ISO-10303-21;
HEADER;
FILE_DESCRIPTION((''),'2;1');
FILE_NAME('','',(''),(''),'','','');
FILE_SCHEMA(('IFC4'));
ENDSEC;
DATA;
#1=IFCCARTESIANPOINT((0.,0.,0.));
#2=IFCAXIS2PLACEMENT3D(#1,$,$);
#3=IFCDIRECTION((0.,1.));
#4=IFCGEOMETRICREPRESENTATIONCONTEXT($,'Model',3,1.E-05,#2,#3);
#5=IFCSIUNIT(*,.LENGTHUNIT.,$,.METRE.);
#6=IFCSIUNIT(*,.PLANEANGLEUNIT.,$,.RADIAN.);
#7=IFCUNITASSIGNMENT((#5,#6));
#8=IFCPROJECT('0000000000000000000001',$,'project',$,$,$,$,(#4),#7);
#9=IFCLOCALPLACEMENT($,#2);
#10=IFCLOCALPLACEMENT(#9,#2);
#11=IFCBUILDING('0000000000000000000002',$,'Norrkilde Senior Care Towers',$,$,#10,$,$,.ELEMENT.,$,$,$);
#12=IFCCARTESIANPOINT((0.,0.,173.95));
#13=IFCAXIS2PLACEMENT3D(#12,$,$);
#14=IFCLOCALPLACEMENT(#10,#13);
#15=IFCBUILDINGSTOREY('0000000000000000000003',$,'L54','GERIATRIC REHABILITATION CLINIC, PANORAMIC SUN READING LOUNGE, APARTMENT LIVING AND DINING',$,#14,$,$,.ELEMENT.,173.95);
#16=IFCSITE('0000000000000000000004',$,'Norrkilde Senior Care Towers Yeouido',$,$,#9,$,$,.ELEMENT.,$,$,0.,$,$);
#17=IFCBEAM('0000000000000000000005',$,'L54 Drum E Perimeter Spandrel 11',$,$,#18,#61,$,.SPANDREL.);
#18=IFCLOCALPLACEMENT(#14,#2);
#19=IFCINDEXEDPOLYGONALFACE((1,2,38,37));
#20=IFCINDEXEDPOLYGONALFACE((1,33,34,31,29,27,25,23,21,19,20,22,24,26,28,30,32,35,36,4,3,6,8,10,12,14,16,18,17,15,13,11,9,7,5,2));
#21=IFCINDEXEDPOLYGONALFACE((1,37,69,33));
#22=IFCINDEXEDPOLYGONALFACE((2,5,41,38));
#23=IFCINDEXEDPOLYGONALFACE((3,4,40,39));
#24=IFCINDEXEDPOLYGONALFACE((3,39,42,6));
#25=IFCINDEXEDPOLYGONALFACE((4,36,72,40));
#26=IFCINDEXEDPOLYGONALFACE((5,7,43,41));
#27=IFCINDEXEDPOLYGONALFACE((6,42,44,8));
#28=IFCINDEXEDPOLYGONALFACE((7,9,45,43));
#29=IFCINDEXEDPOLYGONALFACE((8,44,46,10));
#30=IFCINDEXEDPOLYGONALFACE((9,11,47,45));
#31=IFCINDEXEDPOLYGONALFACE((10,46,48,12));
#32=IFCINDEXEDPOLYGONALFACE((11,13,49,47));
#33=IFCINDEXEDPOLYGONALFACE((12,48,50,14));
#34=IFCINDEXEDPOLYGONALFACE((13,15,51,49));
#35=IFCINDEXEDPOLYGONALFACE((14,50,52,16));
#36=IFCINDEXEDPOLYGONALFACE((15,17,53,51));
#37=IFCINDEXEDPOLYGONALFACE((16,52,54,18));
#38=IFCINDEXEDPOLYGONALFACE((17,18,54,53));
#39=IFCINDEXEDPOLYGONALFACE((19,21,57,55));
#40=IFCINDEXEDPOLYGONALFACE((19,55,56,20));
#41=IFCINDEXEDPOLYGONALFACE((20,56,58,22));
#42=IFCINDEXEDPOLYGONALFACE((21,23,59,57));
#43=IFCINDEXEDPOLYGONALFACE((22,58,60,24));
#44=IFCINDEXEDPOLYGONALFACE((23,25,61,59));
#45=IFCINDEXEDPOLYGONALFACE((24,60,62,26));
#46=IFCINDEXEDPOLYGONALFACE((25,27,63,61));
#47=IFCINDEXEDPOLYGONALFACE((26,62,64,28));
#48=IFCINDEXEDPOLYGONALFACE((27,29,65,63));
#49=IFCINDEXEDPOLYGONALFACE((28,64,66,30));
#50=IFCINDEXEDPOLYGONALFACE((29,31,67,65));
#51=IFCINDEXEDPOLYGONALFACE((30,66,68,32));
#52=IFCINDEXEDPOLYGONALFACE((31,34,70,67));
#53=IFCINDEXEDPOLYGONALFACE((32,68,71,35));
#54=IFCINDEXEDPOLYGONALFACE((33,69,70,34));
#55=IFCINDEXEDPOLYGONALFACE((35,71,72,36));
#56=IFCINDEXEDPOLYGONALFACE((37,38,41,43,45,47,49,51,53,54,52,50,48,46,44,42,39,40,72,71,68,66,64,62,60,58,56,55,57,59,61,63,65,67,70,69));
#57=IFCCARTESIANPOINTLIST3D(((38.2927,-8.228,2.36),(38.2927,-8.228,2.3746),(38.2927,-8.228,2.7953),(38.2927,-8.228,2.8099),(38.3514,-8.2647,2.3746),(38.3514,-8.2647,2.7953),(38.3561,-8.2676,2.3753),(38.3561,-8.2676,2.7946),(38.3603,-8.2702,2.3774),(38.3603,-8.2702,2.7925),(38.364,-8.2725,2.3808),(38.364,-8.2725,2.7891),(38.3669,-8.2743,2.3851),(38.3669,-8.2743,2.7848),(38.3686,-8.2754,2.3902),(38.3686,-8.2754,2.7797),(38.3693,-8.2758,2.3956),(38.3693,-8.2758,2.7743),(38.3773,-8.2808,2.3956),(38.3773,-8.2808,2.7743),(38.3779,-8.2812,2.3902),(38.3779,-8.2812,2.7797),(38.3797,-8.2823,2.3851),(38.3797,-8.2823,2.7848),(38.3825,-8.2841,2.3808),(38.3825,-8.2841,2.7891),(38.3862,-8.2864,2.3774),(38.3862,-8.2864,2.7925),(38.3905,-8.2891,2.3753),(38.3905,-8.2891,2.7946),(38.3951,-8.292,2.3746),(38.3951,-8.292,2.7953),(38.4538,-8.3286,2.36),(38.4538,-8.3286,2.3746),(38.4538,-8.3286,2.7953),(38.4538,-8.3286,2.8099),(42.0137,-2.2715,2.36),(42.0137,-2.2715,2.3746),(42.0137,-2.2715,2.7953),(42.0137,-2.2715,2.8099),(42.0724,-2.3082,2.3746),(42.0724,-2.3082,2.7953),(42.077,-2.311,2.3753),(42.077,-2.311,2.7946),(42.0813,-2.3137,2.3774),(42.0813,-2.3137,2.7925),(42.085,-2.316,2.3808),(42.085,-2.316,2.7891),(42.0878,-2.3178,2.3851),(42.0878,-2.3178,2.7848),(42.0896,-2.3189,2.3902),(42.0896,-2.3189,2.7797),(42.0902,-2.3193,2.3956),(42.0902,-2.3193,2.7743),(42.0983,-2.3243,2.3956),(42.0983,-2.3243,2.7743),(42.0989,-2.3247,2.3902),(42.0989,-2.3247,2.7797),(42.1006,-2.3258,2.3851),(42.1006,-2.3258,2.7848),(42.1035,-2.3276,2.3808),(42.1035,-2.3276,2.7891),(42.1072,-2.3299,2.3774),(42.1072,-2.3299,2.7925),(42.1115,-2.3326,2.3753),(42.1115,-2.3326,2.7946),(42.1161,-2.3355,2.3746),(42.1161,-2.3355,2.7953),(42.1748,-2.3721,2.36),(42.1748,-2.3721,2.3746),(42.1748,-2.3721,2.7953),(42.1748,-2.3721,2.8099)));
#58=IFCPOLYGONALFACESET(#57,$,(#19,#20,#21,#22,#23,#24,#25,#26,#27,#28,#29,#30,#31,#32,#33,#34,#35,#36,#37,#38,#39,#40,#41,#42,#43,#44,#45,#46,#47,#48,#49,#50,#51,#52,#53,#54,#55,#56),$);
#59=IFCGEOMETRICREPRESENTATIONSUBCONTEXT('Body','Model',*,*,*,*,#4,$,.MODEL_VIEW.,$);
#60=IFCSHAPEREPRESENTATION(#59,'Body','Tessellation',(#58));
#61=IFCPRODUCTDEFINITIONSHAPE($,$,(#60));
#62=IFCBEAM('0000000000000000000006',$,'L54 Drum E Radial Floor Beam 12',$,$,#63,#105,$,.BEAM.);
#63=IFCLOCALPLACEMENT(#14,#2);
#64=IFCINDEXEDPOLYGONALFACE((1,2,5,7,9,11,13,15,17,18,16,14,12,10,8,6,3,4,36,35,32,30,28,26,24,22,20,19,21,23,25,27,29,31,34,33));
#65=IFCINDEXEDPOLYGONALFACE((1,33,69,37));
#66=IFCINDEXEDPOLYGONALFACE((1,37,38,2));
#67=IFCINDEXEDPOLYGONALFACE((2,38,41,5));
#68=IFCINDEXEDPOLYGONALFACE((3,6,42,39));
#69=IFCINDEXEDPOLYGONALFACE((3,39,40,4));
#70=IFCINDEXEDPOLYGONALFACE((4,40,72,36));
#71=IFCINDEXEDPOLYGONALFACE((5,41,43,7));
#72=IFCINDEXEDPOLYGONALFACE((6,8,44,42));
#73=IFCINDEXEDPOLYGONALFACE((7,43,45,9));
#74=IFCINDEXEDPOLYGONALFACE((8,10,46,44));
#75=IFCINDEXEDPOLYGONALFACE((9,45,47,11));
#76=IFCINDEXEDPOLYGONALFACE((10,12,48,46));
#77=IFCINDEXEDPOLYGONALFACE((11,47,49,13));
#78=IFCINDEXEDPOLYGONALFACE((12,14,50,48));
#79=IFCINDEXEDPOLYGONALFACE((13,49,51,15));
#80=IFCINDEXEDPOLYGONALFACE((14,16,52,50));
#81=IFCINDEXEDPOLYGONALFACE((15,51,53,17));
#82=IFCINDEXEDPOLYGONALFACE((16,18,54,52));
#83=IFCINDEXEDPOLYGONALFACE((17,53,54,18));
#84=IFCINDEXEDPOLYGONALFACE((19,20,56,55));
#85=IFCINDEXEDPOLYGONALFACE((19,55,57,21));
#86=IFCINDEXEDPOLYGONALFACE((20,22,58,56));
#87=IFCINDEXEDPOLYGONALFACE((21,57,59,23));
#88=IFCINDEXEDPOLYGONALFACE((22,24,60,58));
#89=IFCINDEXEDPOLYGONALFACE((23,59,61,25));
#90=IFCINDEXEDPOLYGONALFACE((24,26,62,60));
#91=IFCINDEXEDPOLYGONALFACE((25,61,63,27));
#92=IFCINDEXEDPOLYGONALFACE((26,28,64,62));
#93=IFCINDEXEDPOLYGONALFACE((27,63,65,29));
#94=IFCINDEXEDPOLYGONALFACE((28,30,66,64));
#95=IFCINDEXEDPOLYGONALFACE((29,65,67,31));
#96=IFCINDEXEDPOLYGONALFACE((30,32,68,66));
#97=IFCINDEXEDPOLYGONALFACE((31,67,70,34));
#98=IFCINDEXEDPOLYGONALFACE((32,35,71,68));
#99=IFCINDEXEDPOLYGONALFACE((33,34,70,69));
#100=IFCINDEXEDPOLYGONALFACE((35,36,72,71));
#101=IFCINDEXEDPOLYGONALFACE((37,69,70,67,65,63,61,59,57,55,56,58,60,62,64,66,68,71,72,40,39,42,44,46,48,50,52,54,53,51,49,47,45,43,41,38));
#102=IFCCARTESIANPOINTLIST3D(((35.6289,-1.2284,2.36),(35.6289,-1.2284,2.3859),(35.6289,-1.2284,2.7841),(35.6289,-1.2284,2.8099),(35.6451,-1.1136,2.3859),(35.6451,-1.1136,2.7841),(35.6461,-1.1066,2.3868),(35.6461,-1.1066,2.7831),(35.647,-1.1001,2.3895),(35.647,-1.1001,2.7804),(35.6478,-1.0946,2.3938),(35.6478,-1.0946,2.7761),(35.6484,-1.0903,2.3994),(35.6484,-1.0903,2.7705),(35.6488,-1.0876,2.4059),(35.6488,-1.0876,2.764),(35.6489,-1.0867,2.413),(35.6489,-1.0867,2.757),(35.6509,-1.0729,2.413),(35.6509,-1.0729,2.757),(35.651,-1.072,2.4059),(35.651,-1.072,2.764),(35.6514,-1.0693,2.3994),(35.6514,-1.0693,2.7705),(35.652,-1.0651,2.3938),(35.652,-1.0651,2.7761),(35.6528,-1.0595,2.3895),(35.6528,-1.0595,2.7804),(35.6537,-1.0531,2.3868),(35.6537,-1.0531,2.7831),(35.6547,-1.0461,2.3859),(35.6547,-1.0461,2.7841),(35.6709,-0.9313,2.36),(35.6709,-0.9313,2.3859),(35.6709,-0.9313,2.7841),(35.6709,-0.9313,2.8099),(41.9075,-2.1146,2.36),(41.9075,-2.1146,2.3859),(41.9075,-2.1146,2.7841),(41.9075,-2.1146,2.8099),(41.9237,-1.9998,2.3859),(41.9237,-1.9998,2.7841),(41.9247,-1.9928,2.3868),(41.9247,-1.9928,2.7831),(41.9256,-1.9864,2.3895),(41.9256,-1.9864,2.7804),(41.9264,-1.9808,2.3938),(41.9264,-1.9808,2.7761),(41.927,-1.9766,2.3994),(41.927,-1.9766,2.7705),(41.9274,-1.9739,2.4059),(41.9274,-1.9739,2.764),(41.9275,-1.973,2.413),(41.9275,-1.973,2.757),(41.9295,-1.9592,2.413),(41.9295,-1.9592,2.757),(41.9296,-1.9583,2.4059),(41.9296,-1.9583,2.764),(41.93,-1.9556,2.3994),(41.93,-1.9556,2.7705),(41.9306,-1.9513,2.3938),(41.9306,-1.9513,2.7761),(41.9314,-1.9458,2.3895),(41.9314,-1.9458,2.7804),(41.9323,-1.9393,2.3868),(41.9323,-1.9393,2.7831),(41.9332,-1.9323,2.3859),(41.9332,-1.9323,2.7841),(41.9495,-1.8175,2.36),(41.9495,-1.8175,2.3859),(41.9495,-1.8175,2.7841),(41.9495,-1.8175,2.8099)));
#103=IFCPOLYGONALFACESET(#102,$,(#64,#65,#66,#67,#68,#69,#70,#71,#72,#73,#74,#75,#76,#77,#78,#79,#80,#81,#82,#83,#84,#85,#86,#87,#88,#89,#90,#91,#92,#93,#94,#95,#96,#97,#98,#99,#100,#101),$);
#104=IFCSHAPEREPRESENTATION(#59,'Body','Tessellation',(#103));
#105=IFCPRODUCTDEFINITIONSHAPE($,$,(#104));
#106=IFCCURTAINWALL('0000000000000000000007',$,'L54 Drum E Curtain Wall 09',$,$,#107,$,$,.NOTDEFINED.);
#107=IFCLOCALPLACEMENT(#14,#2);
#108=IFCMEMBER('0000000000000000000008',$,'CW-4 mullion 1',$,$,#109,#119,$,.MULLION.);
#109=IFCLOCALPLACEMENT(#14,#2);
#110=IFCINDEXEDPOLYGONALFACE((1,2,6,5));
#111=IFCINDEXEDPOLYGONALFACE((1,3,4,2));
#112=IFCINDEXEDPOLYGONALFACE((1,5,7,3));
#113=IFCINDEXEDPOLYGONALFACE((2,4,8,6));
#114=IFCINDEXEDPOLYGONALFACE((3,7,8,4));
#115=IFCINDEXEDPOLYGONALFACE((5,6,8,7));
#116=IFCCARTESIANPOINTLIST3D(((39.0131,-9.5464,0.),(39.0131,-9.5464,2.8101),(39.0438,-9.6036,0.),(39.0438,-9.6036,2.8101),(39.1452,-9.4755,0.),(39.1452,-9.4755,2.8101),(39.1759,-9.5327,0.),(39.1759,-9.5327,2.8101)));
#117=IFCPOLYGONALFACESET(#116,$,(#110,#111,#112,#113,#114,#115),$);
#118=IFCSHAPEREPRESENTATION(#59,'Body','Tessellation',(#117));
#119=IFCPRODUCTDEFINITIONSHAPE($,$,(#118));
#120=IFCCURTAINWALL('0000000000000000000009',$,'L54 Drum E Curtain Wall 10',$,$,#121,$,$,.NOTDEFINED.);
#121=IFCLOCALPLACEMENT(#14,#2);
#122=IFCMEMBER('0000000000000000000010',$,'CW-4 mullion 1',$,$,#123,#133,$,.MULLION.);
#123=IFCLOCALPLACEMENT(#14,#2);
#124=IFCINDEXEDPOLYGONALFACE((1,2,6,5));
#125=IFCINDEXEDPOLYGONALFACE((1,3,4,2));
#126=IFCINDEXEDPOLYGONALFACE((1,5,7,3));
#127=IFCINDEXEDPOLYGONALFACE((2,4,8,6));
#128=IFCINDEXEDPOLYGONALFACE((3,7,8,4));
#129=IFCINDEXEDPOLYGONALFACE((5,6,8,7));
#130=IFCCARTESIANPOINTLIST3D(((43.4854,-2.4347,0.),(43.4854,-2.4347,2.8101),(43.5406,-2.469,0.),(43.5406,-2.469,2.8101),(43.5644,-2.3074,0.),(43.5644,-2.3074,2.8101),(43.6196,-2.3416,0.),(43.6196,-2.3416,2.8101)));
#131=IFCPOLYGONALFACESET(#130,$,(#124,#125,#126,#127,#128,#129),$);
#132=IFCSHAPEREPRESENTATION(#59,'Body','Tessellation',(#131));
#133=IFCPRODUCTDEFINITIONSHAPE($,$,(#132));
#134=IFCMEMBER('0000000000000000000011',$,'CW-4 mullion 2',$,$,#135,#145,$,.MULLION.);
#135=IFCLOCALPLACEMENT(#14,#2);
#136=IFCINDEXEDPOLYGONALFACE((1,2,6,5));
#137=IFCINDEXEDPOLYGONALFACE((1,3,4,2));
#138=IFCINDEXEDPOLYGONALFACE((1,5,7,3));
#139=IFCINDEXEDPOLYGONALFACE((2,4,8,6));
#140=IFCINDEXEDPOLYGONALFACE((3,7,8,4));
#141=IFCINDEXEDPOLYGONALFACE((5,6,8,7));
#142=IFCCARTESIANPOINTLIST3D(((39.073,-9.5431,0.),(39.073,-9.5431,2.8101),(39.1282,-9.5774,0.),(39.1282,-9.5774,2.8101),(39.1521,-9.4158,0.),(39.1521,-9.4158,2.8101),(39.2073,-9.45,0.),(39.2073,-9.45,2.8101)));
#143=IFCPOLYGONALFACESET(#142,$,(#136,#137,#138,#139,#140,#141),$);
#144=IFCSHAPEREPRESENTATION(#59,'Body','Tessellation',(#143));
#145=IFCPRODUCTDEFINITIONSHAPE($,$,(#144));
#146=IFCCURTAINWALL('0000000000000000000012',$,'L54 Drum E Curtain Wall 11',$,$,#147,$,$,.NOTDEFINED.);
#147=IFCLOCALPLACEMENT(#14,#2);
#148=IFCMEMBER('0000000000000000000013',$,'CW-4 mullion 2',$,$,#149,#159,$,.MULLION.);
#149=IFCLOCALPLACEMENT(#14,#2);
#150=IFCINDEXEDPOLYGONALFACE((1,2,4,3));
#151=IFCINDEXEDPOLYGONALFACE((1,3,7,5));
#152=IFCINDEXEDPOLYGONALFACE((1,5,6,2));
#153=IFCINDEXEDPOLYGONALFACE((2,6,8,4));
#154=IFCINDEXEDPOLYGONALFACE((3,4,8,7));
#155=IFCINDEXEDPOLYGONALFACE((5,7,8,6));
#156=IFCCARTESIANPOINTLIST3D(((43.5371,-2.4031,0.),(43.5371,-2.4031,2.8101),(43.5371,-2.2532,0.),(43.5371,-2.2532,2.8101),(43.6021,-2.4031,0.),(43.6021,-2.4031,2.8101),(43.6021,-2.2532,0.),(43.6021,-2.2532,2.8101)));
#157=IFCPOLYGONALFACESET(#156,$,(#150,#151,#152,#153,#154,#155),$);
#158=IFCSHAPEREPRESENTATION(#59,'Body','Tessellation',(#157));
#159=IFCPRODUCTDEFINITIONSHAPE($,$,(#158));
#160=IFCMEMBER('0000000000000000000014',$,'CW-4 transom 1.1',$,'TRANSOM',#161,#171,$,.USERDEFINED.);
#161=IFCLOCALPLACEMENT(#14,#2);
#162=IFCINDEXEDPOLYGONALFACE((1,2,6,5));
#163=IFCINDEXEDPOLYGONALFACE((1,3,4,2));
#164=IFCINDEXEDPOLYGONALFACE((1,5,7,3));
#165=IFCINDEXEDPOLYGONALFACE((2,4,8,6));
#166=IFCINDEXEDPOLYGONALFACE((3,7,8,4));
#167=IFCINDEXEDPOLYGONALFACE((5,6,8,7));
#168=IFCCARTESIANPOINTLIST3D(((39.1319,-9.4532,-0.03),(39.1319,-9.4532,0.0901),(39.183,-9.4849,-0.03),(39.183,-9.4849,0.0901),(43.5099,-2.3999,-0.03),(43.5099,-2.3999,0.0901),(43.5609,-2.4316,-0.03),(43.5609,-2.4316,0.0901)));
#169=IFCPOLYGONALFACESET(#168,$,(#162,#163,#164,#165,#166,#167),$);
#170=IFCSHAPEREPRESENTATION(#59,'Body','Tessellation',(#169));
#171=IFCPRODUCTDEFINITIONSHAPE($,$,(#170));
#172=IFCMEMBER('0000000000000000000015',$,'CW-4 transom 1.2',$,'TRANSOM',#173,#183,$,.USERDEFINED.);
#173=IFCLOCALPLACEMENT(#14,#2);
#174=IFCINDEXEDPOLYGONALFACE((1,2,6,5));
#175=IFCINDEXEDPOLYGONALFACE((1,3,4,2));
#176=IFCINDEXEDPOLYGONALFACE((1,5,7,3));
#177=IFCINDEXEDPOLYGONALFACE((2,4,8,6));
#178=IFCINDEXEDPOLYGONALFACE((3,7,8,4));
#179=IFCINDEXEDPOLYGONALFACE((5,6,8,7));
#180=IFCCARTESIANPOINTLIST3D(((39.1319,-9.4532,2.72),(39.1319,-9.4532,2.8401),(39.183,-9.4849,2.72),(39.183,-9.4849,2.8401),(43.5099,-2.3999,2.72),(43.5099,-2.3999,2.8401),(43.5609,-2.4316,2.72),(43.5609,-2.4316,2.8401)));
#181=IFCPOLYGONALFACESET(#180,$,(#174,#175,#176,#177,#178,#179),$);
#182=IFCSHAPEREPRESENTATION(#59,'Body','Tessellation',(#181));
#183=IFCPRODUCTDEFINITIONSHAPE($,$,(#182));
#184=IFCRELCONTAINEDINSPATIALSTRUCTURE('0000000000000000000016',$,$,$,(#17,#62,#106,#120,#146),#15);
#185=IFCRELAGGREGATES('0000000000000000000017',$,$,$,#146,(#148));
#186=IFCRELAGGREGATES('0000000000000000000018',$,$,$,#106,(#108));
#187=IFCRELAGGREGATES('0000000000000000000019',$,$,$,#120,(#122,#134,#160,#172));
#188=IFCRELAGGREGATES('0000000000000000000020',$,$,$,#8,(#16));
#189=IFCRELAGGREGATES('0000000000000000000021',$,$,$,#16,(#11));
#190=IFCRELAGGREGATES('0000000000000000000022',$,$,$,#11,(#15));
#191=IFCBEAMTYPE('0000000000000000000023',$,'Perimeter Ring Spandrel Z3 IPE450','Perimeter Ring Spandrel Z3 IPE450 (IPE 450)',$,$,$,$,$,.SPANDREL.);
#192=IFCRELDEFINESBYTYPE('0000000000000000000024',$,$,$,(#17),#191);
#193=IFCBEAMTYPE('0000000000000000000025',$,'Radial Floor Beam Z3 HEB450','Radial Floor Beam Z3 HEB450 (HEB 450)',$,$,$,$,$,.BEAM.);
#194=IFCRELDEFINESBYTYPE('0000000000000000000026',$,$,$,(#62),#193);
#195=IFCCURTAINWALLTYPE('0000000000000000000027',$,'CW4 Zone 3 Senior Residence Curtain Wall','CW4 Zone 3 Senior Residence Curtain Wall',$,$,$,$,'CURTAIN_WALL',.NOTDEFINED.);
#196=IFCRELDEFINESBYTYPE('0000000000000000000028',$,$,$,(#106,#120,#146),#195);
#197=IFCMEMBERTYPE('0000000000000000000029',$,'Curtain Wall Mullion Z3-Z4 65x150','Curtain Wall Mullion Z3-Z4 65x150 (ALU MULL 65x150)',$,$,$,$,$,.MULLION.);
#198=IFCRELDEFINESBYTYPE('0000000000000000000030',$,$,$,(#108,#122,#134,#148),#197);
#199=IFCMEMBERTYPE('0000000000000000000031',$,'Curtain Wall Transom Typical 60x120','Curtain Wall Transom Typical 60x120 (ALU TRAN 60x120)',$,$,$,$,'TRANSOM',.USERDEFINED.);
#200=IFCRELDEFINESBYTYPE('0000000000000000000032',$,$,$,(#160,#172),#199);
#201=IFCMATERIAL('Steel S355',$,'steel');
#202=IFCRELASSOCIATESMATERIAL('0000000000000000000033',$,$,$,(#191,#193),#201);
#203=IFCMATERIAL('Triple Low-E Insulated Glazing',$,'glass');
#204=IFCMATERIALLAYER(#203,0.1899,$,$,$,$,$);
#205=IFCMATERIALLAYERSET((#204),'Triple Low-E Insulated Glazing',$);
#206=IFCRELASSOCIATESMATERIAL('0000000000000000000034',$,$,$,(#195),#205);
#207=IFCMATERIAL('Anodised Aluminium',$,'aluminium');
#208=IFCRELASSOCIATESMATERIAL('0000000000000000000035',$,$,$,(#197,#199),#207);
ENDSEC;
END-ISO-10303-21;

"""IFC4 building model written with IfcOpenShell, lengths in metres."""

from ifc_helpers import new_model, si_unit, direction, frame, origin, origin_2d, place, context, subcontext, project, spatial, rectangle, i_section, extrude, source, transform, mapped, material, layer, layer_set, material_profile, profile_set, type_object, type_shapes, element, aggregate, save


model = new_model("IFC4")

# Units and contexts
model_context = context("Model", 3, precision=1e-05, world=origin(), true_north=direction((0.0, 1.0)))
body_context = subcontext(model_context, "Body", "Model", "MODEL_VIEW")
ifc_project = project(units=[si_unit("LENGTHUNIT", "METRE"), si_unit("PLANEANGLEUNIT", "RADIAN")], contexts=[model_context])

# Site, building, storey
site_placement = place(None, origin())
site = spatial("IfcSite", under=ifc_project, at=site_placement, Name="Norrkilde Senior Care Towers Yeouido", CompositionType="ELEMENT", RefElevation=0.0)
building_placement = place(site_placement, origin())
building = spatial("IfcBuilding", under=site, at=building_placement, Name="Norrkilde Senior Care Towers", CompositionType="ELEMENT")
storey_placement = place(building_placement, frame((0.0, 0.0, 173.95)))
storey = spatial("IfcBuildingStorey", under=building, at=storey_placement, Name="L54", Description="GERIATRIC REHABILITATION CLINIC, PANORAMIC SUN READING LOUNGE, APARTMENT LIVING AND DINING", CompositionType="ELEMENT", Elevation=173.95)

# Beams
ifc_material_1 = material(Name="Steel S355", Category="steel")
ifc_material_profile_1 = material_profile(ifc_material_1, i_section(OverallWidth=0.1899, OverallDepth=0.45, WebThickness=0.0095, FlangeThickness=0.0146, FilletRadius=0.021, at=origin_2d()), Name="IPE 450")
ifc_profile_set_1 = profile_set([ifc_material_profile_1], Name="Steel S355")
beam_type_1 = type_object("IfcBeamType", Name="Perimeter Ring Spandrel Z3 IPE450", Description="Perimeter Ring Spandrel Z3 IPE450 (IPE 450)", PredefinedType="SPANDREL", material=ifc_profile_set_1)
shared_shape_1 = source(origin(), body_context, "Body", "SweptSolid", [
    extrude(i_section(OverallWidth=0.1899, OverallDepth=0.45, WebThickness=0.0095, FlangeThickness=0.0146, FilletRadius=0.021, at=origin_2d()), origin(), (0.0, 0.0, 1.0), 7.0232),
])
beam_1_placement = place(storey_placement, frame((38.3733, -8.2783, 2.585), z_axis=(0.529805, 0.848119, 0.0), x_axis=(-0.848119, 0.529805, 0.0)))
element("IfcBeam", 1, at=beam_1_placement, inside=storey, type_object=beam_type_1, Name="L54 Drum E Perimeter Spandrel 11", PredefinedType="SPANDREL", context=body_context, shape_type="MappedRepresentation", body=[
    mapped(shared_shape_1, transform((0.0, 0.0, 0.0), x_axis=(1.0, 0.0, 0.0), y_axis=(0.0, 1.0, 0.0), z_axis=(0.0, 0.0, 1.0), scale=1.0)),
])
ifc_material_profile_2 = material_profile(ifc_material_1, i_section(OverallWidth=0.3, OverallDepth=0.45, WebThickness=0.0139, FlangeThickness=0.0259, FilletRadius=0.0271, at=origin_2d()), Name="HEB 450")
ifc_profile_set_2 = profile_set([ifc_material_profile_2], Name="Steel S355")
beam_type_2 = type_object("IfcBeamType", Name="Radial Floor Beam Z3 HEB450", Description="Radial Floor Beam Z3 HEB450 (HEB 450)", PredefinedType="BEAM", material=ifc_profile_set_2)
shared_shape_2 = source(origin(), body_context, "Body", "SweptSolid", [
    extrude(i_section(OverallWidth=0.3, OverallDepth=0.45, WebThickness=0.0139, FlangeThickness=0.0259, FilletRadius=0.0271, at=origin_2d()), origin(), (0.0, 0.0, 1.0), 6.3408),
])
type_shapes(beam_type_2, [shared_shape_2])
beam_2_placement = place(storey_placement, frame((35.6499, -1.0798, 2.585), z_axis=(0.990185, -0.139766, 0.0), x_axis=(0.139766, 0.990185, 0.0)))
element("IfcBeam", 2, at=beam_2_placement, inside=storey, type_object=beam_type_2, Name="L54 Drum E Radial Floor Beam 12", PredefinedType="BEAM", context=body_context, shape_type="MappedRepresentation", body=[
    mapped(shared_shape_2, transform((0.0, 0.0, 0.0), x_axis=(1.0, 0.0, 0.0), y_axis=(0.0, 1.0, 0.0), z_axis=(0.0, 0.0, 1.0), scale=1.0)),
])

# Curtain wall, member
ifc_material_2 = material(Name="Triple Low-E Insulated Glazing", Category="glass")
ifc_layer_1 = layer(ifc_material_2, 0.1899)
ifc_layer_set_1 = layer_set([ifc_layer_1], Name="Triple Low-E Insulated Glazing")
curtain_wall_type = type_object("IfcCurtainWallType", Name="CW4 Zone 3 Senior Residence Curtain Wall", Description="CW4 Zone 3 Senior Residence Curtain Wall", ElementType="CURTAIN_WALL", PredefinedType="NOTDEFINED", material=ifc_layer_set_1)
curtain_wall_1_placement = place(storey_placement, origin())
curtain_wall_1 = element("IfcCurtainWall", 3, at=curtain_wall_1_placement, inside=storey, type_object=curtain_wall_type, Name="L54 Drum E Curtain Wall 09", PredefinedType="NOTDEFINED")
ifc_material_3 = material(Name="Anodised Aluminium", Category="aluminium")
ifc_material_profile_3 = material_profile(ifc_material_3, rectangle(XDim=0.0649, YDim=0.1499, at=origin_2d()), Name="ALU MULL 65x150")
ifc_profile_set_3 = profile_set([ifc_material_profile_3], Name="Anodised Aluminium")
member_type_1 = type_object("IfcMemberType", Name="Curtain Wall Mullion Z3-Z4 65x150", Description="Curtain Wall Mullion Z3-Z4 65x150 (ALU MULL 65x150)", PredefinedType="MULLION", material=ifc_profile_set_3)
shared_shape_3 = source(origin(), body_context, "Body", "SweptSolid", [
    extrude(rectangle(XDim=0.0649, YDim=0.1499, at=origin_2d()), origin(), (0.0, 0.0, 1.0), 2.8101),
])
type_shapes(member_type_1, [shared_shape_3])
member_1_placement = place(storey_placement, frame((39.0945, -9.5396, 0.0), z_axis=(0.0, 0.0, 1.0), x_axis=(0.473117, -0.881, 0.0)))
member_1 = element("IfcMember", 4, at=member_1_placement, type_object=member_type_1, Name="CW-4 mullion 1", PredefinedType="MULLION", context=body_context, shape_type="MappedRepresentation", body=[
    mapped(shared_shape_3, transform((0.0, 0.0, 0.0), x_axis=(1.0, 0.0, 0.0), y_axis=(0.0, 1.0, 0.0), z_axis=(0.0, 0.0, 1.0), scale=1.0)),
])

# Curtain wall, members
curtain_wall_2_placement = place(storey_placement, origin())
curtain_wall_2 = element("IfcCurtainWall", 5, at=curtain_wall_2_placement, inside=storey, type_object=curtain_wall_type, Name="L54 Drum E Curtain Wall 10", PredefinedType="NOTDEFINED")
member_2_placement = place(storey_placement, frame((43.5525, -2.3882, 0.0), z_axis=(0.0, 0.0, 1.0), x_axis=(0.849634, -0.527373, 0.0)))
member_2 = element("IfcMember", 6, at=member_2_placement, type_object=member_type_1, Name="CW-4 mullion 1", PredefinedType="MULLION", context=body_context, shape_type="MappedRepresentation", body=[
    mapped(shared_shape_3, transform((0.0, 0.0, 0.0), x_axis=(1.0, 0.0, 0.0), y_axis=(0.0, 1.0, 0.0), z_axis=(0.0, 0.0, 1.0), scale=1.0)),
])
member_3_placement = place(storey_placement, frame((39.1401, -9.4966, 0.0), z_axis=(0.0, 0.0, 1.0), x_axis=(0.849634, -0.527373, 0.0)))
member_3 = element("IfcMember", 7, at=member_3_placement, type_object=member_type_1, Name="CW-4 mullion 2", PredefinedType="MULLION", context=body_context, shape_type="MappedRepresentation", body=[
    mapped(shared_shape_3, transform((0.0, 0.0, 0.0), x_axis=(1.0, 0.0, 0.0), y_axis=(0.0, 1.0, 0.0), z_axis=(0.0, 0.0, 1.0), scale=1.0)),
])

# Curtain wall, member
curtain_wall_3_placement = place(storey_placement, origin())
curtain_wall_3 = element("IfcCurtainWall", 8, at=curtain_wall_3_placement, inside=storey, type_object=curtain_wall_type, Name="L54 Drum E Curtain Wall 11", PredefinedType="NOTDEFINED")
member_4_placement = place(storey_placement, frame((43.5696, -2.3281, 0.0), z_axis=(0.0, 0.0, 1.0), x_axis=(1.0, 0.0, 0.0)))
member_4 = element("IfcMember", 9, at=member_4_placement, type_object=member_type_1, Name="CW-4 mullion 2", PredefinedType="MULLION", context=body_context, shape_type="MappedRepresentation", body=[
    mapped(shared_shape_3, transform((0.0, 0.0, 0.0), x_axis=(1.0, 0.0, 0.0), y_axis=(0.0, 1.0, 0.0), z_axis=(0.0, 0.0, 1.0), scale=1.0)),
])
aggregate(curtain_wall_3, [member_4])

# Members
ifc_material_profile_4 = material_profile(ifc_material_3, rectangle(XDim=0.0601, YDim=0.1201, at=origin_2d()), Name="ALU TRAN 60x120")
ifc_profile_set_4 = profile_set([ifc_material_profile_4], Name="Anodised Aluminium")
member_type_2 = type_object("IfcMemberType", Name="Curtain Wall Transom Typical 60x120", Description="Curtain Wall Transom Typical 60x120 (ALU TRAN 60x120)", ElementType="TRANSOM", PredefinedType="USERDEFINED", material=ifc_profile_set_4)
shared_shape_4 = source(origin(), body_context, "Body", "SweptSolid", [
    extrude(rectangle(XDim=0.0601, YDim=0.1201, at=origin_2d()), origin(), (0.0, 0.0, 1.0), 8.3015),
])
member_5_placement = place(storey_placement, frame((43.5354, -2.4158, 0.03), z_axis=(-0.527369, -0.849637, 0.0), x_axis=(0.849637, -0.527369, 0.0)))
member_5 = element("IfcMember", 10, at=member_5_placement, type_object=member_type_2, Name="CW-4 transom 1.1", ObjectType="TRANSOM", PredefinedType="USERDEFINED", context=body_context, shape_type="MappedRepresentation", body=[
    mapped(shared_shape_4, transform((0.0, 0.0, 0.0), x_axis=(1.0, 0.0, 0.0), y_axis=(0.0, 1.0, 0.0), z_axis=(0.0, 0.0, 1.0), scale=1.0)),
])
member_6_placement = place(storey_placement, frame((43.5354, -2.4158, 2.78), z_axis=(-0.527369, -0.849637, 0.0), x_axis=(0.849637, -0.527369, 0.0)))
member_6 = element("IfcMember", 11, at=member_6_placement, type_object=member_type_2, Name="CW-4 transom 1.2", ObjectType="TRANSOM", PredefinedType="USERDEFINED", context=body_context, shape_type="MappedRepresentation", body=[
    mapped(shared_shape_4, transform((0.0, 0.0, 0.0), x_axis=(1.0, 0.0, 0.0), y_axis=(0.0, 1.0, 0.0), z_axis=(0.0, 0.0, 1.0), scale=1.0)),
])
aggregate(curtain_wall_1, [member_1])

aggregate(curtain_wall_2, [member_2, member_3, member_5, member_6])

save(model, "model.ifc")
